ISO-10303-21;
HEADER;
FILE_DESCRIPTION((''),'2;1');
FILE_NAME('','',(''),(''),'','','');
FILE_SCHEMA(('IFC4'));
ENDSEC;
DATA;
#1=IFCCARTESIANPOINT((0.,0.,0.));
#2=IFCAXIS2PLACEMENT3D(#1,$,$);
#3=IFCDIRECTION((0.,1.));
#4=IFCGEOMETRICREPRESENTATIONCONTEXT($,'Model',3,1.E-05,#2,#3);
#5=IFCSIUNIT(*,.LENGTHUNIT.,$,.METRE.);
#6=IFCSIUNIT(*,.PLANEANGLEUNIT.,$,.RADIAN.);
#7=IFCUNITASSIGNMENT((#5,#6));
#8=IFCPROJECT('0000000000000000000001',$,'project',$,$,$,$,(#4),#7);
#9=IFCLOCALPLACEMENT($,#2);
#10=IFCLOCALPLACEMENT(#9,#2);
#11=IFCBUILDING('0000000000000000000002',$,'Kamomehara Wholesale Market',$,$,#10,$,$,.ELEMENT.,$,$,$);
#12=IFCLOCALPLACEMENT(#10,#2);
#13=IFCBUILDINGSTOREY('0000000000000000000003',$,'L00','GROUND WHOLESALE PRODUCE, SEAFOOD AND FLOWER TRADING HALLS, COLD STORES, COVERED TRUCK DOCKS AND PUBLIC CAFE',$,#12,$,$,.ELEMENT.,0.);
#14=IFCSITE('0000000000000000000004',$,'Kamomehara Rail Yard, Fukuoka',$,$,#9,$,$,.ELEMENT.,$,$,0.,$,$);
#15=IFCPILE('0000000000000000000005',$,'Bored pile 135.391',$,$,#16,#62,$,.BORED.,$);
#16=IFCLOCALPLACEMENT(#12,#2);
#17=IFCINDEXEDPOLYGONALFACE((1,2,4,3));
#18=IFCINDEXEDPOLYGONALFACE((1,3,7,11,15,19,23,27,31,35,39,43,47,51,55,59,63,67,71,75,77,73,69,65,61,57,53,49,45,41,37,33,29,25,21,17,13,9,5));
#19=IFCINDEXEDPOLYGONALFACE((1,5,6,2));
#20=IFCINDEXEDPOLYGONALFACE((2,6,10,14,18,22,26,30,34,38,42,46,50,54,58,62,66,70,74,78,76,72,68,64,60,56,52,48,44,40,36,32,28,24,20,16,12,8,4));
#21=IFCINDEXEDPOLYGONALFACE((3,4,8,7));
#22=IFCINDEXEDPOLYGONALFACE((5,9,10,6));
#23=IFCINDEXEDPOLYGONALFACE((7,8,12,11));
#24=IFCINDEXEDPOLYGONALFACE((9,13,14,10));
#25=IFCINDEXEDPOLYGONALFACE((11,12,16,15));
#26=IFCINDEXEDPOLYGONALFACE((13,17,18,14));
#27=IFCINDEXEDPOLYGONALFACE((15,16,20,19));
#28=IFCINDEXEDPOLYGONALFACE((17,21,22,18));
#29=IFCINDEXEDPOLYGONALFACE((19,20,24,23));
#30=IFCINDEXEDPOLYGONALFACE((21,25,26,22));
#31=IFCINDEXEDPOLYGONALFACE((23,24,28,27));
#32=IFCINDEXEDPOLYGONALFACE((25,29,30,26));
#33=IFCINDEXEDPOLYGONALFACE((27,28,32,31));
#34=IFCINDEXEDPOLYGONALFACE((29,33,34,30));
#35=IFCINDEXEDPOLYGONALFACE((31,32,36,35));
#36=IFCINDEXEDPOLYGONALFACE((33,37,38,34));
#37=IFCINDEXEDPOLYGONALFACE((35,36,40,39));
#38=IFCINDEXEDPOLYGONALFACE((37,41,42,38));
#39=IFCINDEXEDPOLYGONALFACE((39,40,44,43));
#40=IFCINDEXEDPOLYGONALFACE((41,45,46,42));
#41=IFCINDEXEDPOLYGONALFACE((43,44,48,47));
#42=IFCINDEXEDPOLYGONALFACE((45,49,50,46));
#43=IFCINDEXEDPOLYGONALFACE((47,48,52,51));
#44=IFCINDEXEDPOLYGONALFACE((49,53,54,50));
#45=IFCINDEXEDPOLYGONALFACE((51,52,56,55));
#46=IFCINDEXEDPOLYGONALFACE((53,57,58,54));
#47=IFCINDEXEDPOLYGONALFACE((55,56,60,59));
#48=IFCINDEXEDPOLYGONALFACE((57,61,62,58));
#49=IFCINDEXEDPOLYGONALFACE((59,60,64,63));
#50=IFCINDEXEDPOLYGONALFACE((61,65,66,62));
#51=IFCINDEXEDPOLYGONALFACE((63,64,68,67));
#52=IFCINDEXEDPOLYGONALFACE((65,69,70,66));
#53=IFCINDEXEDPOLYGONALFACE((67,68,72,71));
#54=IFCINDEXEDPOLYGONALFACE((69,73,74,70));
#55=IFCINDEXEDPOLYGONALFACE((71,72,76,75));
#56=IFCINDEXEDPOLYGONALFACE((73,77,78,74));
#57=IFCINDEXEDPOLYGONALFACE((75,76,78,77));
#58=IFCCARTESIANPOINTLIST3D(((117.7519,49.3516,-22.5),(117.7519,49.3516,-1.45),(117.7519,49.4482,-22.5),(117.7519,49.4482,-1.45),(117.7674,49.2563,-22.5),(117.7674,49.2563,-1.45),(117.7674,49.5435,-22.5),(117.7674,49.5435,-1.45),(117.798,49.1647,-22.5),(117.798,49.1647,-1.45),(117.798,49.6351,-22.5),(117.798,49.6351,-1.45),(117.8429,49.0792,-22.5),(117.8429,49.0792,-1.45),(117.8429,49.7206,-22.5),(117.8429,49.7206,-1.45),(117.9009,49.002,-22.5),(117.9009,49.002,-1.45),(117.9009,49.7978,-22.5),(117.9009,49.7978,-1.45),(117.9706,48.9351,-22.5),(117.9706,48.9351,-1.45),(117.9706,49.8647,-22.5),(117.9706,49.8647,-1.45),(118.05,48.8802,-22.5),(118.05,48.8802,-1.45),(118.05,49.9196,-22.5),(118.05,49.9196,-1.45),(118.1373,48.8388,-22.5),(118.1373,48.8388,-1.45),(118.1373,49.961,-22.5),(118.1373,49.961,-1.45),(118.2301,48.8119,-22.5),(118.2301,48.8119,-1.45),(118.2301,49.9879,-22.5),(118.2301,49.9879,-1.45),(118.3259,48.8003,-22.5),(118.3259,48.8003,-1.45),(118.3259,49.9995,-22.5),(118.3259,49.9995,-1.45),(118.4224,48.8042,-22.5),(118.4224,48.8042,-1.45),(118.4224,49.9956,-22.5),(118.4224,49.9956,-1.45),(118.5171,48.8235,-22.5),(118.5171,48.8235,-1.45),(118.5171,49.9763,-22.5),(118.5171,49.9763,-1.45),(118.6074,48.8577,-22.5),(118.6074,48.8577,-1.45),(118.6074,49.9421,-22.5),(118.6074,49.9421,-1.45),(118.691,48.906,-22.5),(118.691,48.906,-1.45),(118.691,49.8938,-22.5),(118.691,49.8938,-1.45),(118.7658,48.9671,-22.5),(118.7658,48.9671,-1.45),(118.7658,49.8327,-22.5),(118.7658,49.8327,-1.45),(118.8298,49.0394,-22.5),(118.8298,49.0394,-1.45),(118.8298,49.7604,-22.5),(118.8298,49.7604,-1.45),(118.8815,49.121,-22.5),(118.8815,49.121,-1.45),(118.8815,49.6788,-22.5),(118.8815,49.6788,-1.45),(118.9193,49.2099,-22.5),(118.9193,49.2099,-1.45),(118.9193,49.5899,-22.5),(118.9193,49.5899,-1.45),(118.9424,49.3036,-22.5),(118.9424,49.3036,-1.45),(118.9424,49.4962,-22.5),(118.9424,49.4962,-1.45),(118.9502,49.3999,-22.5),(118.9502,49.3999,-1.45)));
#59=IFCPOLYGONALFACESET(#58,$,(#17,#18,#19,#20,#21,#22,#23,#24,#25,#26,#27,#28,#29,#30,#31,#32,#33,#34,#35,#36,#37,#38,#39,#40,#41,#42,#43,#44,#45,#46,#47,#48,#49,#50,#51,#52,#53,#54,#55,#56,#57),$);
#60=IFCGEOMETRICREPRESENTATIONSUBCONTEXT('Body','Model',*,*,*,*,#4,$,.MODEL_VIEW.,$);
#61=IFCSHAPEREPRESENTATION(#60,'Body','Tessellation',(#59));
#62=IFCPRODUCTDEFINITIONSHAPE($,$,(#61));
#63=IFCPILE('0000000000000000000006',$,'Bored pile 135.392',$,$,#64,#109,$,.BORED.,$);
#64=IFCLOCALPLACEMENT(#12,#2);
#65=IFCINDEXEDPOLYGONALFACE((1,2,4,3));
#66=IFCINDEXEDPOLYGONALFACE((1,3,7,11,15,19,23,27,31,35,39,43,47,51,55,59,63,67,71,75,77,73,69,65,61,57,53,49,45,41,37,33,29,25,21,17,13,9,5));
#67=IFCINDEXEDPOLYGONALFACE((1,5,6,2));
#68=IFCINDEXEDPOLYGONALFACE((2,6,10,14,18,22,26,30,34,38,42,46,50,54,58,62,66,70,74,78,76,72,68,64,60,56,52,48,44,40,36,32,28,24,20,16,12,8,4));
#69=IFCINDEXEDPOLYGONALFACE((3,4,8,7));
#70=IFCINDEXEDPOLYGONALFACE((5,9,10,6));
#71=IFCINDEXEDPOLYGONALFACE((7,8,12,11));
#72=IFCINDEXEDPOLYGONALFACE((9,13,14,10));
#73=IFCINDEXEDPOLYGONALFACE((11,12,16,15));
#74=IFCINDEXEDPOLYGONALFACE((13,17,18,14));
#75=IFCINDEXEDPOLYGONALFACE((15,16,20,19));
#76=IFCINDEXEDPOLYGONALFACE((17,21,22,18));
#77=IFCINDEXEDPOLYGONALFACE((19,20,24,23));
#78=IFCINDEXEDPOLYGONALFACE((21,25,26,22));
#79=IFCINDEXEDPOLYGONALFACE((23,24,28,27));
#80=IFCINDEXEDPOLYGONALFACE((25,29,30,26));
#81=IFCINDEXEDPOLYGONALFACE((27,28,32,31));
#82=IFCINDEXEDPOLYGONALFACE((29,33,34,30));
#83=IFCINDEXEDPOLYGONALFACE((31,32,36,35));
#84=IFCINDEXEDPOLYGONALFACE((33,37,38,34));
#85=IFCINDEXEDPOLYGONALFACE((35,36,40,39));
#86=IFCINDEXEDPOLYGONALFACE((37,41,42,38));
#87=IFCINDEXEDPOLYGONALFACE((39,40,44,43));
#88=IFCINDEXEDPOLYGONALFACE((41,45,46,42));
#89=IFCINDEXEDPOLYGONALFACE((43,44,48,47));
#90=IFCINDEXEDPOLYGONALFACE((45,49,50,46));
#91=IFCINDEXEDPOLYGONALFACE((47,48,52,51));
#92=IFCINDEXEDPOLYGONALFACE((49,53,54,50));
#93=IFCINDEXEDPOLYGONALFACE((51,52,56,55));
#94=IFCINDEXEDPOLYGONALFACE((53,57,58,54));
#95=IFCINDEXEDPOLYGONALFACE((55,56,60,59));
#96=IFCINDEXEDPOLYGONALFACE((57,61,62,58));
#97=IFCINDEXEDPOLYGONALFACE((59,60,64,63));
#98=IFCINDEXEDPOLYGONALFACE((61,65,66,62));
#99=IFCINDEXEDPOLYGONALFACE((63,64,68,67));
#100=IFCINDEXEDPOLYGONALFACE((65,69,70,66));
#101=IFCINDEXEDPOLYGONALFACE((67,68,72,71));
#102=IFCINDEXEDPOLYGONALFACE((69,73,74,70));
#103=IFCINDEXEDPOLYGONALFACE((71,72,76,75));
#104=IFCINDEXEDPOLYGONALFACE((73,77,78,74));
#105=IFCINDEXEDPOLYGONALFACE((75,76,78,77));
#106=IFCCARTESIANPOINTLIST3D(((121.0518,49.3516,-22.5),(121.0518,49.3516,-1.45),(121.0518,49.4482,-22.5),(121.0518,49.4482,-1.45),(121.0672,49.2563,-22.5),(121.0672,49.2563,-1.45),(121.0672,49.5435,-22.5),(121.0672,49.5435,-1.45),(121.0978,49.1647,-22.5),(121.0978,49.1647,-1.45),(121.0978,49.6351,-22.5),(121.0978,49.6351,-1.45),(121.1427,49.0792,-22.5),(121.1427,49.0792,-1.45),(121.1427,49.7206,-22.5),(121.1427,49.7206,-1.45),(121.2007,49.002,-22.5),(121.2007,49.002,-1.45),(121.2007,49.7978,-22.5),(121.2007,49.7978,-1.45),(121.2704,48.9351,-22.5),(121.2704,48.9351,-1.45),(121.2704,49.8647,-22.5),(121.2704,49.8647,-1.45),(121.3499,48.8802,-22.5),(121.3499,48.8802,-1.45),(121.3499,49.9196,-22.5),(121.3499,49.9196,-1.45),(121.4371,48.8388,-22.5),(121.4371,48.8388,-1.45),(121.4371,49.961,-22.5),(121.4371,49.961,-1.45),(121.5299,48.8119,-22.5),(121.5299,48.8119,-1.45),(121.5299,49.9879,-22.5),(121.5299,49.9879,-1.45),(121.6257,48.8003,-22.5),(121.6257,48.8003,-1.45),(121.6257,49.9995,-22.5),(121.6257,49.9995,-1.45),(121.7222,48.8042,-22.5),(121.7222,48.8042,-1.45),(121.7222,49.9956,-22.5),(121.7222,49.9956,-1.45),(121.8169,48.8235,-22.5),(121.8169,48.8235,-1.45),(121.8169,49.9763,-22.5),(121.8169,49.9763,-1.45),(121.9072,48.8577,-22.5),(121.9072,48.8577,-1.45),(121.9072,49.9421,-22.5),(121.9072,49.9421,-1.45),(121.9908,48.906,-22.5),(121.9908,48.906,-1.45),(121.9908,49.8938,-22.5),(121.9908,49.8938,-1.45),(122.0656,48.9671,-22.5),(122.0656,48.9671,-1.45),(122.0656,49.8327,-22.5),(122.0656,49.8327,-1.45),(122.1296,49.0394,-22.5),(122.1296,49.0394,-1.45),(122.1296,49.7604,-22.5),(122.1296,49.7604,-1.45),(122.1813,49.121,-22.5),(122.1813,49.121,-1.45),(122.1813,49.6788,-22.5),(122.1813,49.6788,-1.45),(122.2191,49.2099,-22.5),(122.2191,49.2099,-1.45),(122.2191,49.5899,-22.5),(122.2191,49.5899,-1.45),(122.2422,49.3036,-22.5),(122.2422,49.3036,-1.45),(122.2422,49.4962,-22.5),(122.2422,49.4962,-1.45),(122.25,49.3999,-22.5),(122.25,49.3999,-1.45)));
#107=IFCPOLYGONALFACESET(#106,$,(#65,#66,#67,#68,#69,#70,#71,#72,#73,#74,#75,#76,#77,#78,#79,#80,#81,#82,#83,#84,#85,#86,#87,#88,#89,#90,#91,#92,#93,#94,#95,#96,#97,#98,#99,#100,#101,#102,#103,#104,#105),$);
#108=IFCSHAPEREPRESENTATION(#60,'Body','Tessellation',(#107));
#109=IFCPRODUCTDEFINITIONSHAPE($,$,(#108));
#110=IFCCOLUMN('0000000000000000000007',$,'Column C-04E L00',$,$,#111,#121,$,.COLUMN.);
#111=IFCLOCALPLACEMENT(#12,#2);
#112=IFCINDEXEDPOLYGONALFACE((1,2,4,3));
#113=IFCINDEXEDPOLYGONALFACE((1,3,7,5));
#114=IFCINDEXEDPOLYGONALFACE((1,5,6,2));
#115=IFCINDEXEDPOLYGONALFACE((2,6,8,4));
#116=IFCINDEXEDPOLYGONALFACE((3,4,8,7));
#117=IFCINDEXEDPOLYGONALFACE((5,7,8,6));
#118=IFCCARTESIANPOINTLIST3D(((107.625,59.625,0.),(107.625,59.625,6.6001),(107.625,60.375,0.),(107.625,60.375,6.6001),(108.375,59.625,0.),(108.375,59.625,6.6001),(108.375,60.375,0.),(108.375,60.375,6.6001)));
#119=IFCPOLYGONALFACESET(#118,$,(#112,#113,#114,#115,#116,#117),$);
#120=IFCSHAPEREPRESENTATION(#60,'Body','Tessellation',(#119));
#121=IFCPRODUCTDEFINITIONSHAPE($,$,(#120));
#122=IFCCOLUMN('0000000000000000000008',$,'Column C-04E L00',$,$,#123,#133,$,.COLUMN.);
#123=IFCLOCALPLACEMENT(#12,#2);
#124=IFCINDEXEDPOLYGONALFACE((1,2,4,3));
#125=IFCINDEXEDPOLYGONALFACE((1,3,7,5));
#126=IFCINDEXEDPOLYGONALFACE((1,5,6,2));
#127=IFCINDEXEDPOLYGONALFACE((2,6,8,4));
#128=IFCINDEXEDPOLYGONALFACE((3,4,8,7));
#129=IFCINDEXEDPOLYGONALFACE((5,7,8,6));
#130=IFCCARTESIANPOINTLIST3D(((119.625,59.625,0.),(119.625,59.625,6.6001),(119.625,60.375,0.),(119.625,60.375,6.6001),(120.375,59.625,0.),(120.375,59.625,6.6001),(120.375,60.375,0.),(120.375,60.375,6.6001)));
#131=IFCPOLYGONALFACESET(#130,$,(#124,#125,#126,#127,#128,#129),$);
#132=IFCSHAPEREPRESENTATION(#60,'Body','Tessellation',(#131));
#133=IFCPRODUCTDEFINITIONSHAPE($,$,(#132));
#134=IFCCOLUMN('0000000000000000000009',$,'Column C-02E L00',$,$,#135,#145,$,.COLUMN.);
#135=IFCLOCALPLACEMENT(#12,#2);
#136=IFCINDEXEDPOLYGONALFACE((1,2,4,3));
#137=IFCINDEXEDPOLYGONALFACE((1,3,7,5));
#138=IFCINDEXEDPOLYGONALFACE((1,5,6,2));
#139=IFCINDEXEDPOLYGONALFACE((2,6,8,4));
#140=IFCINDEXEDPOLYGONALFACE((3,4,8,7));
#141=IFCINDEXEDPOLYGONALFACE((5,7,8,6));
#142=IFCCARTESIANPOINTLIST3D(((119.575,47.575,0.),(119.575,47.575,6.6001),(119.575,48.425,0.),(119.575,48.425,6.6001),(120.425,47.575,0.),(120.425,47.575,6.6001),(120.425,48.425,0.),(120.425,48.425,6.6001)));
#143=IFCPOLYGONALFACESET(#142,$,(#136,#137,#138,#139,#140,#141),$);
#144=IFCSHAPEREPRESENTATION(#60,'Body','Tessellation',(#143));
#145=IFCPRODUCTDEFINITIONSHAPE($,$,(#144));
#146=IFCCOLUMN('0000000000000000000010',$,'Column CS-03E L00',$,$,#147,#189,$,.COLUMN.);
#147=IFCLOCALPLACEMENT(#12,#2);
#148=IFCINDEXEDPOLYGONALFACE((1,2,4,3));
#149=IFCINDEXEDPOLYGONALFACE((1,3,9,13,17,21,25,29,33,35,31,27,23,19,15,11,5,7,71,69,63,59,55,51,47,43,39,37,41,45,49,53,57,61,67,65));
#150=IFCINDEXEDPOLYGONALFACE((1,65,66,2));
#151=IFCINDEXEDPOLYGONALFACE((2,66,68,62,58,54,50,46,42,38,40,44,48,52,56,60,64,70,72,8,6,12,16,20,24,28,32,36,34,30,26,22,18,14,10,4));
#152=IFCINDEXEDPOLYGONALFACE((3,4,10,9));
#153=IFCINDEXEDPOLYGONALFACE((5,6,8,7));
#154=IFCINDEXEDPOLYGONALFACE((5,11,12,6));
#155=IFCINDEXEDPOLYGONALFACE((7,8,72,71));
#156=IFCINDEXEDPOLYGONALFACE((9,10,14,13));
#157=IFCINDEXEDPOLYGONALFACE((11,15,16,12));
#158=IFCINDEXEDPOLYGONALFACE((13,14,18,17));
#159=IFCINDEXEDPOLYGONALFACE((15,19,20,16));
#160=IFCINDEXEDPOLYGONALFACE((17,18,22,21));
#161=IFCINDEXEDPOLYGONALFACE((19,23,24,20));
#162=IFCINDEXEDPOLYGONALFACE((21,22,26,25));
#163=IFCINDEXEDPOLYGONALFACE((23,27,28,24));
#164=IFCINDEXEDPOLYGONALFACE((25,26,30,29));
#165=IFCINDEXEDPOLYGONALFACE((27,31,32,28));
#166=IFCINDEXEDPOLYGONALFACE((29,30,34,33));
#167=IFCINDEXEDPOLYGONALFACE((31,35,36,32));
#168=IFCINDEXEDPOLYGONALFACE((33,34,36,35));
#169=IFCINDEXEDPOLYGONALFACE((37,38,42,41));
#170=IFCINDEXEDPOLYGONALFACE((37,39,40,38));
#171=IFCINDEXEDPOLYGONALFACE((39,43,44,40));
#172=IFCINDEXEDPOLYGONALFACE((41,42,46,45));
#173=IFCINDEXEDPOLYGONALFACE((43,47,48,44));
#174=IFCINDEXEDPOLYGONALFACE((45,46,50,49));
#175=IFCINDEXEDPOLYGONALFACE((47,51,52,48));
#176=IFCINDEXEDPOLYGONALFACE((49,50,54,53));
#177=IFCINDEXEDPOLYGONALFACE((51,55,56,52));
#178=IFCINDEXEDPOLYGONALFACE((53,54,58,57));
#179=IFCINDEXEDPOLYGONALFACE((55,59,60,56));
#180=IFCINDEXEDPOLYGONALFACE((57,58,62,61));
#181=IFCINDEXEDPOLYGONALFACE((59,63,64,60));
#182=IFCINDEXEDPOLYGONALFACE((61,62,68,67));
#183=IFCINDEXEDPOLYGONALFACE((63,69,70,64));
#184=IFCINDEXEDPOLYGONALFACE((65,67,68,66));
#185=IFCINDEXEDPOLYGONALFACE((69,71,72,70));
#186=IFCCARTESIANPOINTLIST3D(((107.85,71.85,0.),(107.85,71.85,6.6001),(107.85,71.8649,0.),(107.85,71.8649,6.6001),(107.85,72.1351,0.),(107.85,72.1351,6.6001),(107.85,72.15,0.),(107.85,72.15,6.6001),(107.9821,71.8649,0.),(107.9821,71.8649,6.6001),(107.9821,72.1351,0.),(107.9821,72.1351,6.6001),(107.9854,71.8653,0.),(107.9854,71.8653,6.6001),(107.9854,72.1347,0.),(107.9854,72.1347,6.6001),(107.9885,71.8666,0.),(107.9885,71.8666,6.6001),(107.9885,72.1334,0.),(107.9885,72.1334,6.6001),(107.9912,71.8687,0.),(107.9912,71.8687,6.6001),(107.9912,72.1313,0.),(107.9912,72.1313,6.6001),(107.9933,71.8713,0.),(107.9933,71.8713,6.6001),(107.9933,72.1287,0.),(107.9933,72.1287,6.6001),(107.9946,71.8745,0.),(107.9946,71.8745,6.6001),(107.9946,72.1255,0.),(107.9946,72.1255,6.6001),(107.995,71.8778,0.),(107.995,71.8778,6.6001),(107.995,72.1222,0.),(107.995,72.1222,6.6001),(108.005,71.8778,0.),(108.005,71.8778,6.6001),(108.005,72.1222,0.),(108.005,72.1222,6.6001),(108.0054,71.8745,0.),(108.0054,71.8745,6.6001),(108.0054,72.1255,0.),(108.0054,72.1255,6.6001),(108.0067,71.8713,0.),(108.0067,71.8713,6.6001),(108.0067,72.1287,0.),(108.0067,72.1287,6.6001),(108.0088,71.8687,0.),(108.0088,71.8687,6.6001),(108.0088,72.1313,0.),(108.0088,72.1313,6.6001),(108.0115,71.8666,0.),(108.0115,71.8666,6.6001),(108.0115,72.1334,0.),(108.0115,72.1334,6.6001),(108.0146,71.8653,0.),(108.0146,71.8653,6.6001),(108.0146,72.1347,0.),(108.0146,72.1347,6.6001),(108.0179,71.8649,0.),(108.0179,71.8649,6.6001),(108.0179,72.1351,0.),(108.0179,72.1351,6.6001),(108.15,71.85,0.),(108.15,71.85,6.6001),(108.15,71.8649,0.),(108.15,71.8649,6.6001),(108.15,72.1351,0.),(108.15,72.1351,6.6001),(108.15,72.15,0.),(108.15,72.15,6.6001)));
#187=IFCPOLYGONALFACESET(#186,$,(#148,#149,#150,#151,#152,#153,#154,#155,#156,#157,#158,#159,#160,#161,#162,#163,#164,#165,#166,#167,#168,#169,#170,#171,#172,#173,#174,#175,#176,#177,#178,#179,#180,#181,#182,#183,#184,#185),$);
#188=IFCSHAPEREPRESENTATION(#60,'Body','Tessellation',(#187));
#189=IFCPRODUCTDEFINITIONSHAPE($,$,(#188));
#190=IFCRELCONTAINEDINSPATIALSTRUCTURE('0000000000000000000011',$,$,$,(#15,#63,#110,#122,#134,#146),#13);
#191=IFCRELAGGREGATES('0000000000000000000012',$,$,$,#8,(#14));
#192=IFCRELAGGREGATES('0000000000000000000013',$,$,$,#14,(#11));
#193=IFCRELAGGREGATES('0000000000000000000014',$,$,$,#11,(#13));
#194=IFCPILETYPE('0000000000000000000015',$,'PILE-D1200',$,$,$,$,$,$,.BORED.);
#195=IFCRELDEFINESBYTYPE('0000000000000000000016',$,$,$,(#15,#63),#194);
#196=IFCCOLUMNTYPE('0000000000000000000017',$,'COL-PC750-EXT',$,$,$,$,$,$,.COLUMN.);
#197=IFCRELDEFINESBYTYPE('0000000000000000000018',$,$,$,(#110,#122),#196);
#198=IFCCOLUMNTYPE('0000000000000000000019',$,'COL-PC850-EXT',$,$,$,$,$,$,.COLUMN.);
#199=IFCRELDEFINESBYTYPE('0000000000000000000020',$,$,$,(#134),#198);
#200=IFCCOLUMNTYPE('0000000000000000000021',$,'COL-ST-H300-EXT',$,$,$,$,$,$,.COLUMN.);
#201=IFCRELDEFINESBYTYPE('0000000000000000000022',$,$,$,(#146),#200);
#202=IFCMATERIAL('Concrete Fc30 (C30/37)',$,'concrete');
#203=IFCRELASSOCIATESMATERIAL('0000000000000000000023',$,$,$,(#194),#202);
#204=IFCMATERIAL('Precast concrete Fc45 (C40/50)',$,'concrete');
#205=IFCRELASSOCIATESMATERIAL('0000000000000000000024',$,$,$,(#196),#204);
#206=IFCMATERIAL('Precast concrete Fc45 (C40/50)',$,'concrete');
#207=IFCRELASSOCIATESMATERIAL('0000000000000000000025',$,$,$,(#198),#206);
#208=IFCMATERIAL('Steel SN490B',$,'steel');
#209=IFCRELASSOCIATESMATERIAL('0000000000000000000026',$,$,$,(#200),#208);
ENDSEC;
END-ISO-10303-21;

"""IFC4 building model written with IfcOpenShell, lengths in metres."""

from ifc_helpers import new_model, si_unit, direction, frame, origin, origin_2d, place, context, subcontext, project, spatial, rectangle, circle, i_section, extrude, material, material_profile, profile_set, type_object, element, save


model = new_model("IFC4")

# Units and contexts
model_context = context("Model", 3, precision=1e-05, world=origin(), true_north=direction((0.0, 1.0)))
body_context = subcontext(model_context, "Body", "Model", "MODEL_VIEW")
ifc_project = project(units=[si_unit("LENGTHUNIT", "METRE"), si_unit("PLANEANGLEUNIT", "RADIAN")], contexts=[model_context])

# Site, building, storey
site_placement = place(None, origin())
site = spatial("IfcSite", under=ifc_project, at=site_placement, Name="Kamomehara Rail Yard, Fukuoka", CompositionType="ELEMENT", RefElevation=0.0)
building_placement = place(site_placement, origin())
building = spatial("IfcBuilding", under=site, at=building_placement, Name="Kamomehara Wholesale Market", CompositionType="ELEMENT")
storey_placement = place(building_placement, origin())
storey = spatial("IfcBuildingStorey", under=building, at=storey_placement, Name="L00", Description="GROUND WHOLESALE PRODUCE, SEAFOOD AND FLOWER TRADING HALLS, COLD STORES, COVERED TRUCK DOCKS AND PUBLIC CAFE", CompositionType="ELEMENT", Elevation=0.0)

# Piles
ifc_material_1 = material(Name="Concrete Fc30 (C30/37)", Category="concrete")
ifc_material_profile_1 = material_profile(ifc_material_1, circle(Radius=0.6001, at=origin_2d()), Name="RC-PILE-D1200")
ifc_profile_set_1 = profile_set([ifc_material_profile_1], Name="Concrete Fc30 (C30/37)")
pile_type_1 = type_object("IfcPileType", Name="PILE-D1200", PredefinedType="BORED", material=ifc_profile_set_1)
for number, where, z_axis, x_axis, name in (
    (1, (118.3501, 49.3999, -1.45), (0.0, 0.0, -1.0), (1.0, 0.0, 0.0), "Bored pile 135.391"),
    (2, (121.6499, 49.3999, -1.45), (0.0, 0.0, -1.0), (1.0, 0.0, 0.0), "Bored pile 135.392"),
):
    element("IfcPile", number, at=place(storey_placement, frame(where, z_axis=z_axis, x_axis=x_axis)), inside=storey, type_object=pile_type_1, Name=name, PredefinedType="BORED", context=body_context, shape_type="SweptSolid", body=[
        extrude(circle(Radius=0.6001, at=origin_2d()), origin(), (0.0, 0.0, 1.0), 21.05),
    ])

# Columns
ifc_material_2 = material(Name="Precast concrete Fc45 (C40/50)", Category="concrete")
ifc_material_profile_2 = material_profile(ifc_material_2, rectangle(XDim=0.75, YDim=0.75, at=origin_2d()), Name="PC-COL-750x750")
ifc_profile_set_2 = profile_set([ifc_material_profile_2], Name="Precast concrete Fc45 (C40/50)")
column_type_1 = type_object("IfcColumnType", Name="COL-PC750-EXT", PredefinedType="COLUMN", material=ifc_profile_set_2)
for number, where, z_axis, x_axis, name in (
    (3, (108.0, 60.0, 0.0), (0.0, 0.0, 1.0), (1.0, 0.0, 0.0), "Column C-04E L00"),
    (4, (120.0, 60.0, 0.0), (0.0, 0.0, 1.0), (1.0, 0.0, 0.0), "Column C-04E L00"),
):
    element("IfcColumn", number, at=place(storey_placement, frame(where, z_axis=z_axis, x_axis=x_axis)), inside=storey, type_object=column_type_1, Name=name, PredefinedType="COLUMN", context=body_context, shape_type="SweptSolid", body=[
        extrude(rectangle(XDim=0.75, YDim=0.75, at=origin_2d()), origin(), (0.0, 0.0, 1.0), 6.6001),
    ])
ifc_material_3 = material(Name="Precast concrete Fc45 (C40/50)", Category="concrete")
ifc_material_profile_3 = material_profile(ifc_material_3, rectangle(XDim=0.8501, YDim=0.8501, at=origin_2d()), Name="PC-COL-850x850")
ifc_profile_set_3 = profile_set([ifc_material_profile_3], Name="Precast concrete Fc45 (C40/50)")
column_type_2 = type_object("IfcColumnType", Name="COL-PC850-EXT", PredefinedType="COLUMN", material=ifc_profile_set_3)
column_1_placement = place(storey_placement, frame((120.0, 48.0, 0.0), z_axis=(0.0, 0.0, 1.0), x_axis=(1.0, 0.0, 0.0)))
element("IfcColumn", 5, at=column_1_placement, inside=storey, type_object=column_type_2, Name="Column C-02E L00", PredefinedType="COLUMN", context=body_context, shape_type="SweptSolid", body=[
    extrude(rectangle(XDim=0.8501, YDim=0.8501, at=origin_2d()), origin(), (0.0, 0.0, 1.0), 6.6001),
])
ifc_material_4 = material(Name="Steel SN490B", Category="steel")
ifc_material_profile_4 = material_profile(ifc_material_4, i_section(OverallWidth=0.3, OverallDepth=0.3, WebThickness=0.01, FlangeThickness=0.0149, FilletRadius=0.0129, at=origin_2d()), Name="H-300x300x10x15")
ifc_profile_set_4 = profile_set([ifc_material_profile_4], Name="Steel SN490B")
column_type_3 = type_object("IfcColumnType", Name="COL-ST-H300-EXT", PredefinedType="COLUMN", material=ifc_profile_set_4)
column_2_placement = place(storey_placement, frame((108.0, 72.0, 0.0), z_axis=(0.0, 0.0, 1.0), x_axis=(1.0, 0.0, 0.0)))
element("IfcColumn", 6, at=column_2_placement, inside=storey, type_object=column_type_3, Name="Column CS-03E L00", PredefinedType="COLUMN", context=body_context, shape_type="SweptSolid", body=[
    extrude(i_section(OverallWidth=0.3, OverallDepth=0.3, WebThickness=0.01, FlangeThickness=0.0149, FilletRadius=0.0129, at=origin_2d()), origin(), (0.0, 0.0, 1.0), 6.6001),
])

save(model, "model.ifc")
